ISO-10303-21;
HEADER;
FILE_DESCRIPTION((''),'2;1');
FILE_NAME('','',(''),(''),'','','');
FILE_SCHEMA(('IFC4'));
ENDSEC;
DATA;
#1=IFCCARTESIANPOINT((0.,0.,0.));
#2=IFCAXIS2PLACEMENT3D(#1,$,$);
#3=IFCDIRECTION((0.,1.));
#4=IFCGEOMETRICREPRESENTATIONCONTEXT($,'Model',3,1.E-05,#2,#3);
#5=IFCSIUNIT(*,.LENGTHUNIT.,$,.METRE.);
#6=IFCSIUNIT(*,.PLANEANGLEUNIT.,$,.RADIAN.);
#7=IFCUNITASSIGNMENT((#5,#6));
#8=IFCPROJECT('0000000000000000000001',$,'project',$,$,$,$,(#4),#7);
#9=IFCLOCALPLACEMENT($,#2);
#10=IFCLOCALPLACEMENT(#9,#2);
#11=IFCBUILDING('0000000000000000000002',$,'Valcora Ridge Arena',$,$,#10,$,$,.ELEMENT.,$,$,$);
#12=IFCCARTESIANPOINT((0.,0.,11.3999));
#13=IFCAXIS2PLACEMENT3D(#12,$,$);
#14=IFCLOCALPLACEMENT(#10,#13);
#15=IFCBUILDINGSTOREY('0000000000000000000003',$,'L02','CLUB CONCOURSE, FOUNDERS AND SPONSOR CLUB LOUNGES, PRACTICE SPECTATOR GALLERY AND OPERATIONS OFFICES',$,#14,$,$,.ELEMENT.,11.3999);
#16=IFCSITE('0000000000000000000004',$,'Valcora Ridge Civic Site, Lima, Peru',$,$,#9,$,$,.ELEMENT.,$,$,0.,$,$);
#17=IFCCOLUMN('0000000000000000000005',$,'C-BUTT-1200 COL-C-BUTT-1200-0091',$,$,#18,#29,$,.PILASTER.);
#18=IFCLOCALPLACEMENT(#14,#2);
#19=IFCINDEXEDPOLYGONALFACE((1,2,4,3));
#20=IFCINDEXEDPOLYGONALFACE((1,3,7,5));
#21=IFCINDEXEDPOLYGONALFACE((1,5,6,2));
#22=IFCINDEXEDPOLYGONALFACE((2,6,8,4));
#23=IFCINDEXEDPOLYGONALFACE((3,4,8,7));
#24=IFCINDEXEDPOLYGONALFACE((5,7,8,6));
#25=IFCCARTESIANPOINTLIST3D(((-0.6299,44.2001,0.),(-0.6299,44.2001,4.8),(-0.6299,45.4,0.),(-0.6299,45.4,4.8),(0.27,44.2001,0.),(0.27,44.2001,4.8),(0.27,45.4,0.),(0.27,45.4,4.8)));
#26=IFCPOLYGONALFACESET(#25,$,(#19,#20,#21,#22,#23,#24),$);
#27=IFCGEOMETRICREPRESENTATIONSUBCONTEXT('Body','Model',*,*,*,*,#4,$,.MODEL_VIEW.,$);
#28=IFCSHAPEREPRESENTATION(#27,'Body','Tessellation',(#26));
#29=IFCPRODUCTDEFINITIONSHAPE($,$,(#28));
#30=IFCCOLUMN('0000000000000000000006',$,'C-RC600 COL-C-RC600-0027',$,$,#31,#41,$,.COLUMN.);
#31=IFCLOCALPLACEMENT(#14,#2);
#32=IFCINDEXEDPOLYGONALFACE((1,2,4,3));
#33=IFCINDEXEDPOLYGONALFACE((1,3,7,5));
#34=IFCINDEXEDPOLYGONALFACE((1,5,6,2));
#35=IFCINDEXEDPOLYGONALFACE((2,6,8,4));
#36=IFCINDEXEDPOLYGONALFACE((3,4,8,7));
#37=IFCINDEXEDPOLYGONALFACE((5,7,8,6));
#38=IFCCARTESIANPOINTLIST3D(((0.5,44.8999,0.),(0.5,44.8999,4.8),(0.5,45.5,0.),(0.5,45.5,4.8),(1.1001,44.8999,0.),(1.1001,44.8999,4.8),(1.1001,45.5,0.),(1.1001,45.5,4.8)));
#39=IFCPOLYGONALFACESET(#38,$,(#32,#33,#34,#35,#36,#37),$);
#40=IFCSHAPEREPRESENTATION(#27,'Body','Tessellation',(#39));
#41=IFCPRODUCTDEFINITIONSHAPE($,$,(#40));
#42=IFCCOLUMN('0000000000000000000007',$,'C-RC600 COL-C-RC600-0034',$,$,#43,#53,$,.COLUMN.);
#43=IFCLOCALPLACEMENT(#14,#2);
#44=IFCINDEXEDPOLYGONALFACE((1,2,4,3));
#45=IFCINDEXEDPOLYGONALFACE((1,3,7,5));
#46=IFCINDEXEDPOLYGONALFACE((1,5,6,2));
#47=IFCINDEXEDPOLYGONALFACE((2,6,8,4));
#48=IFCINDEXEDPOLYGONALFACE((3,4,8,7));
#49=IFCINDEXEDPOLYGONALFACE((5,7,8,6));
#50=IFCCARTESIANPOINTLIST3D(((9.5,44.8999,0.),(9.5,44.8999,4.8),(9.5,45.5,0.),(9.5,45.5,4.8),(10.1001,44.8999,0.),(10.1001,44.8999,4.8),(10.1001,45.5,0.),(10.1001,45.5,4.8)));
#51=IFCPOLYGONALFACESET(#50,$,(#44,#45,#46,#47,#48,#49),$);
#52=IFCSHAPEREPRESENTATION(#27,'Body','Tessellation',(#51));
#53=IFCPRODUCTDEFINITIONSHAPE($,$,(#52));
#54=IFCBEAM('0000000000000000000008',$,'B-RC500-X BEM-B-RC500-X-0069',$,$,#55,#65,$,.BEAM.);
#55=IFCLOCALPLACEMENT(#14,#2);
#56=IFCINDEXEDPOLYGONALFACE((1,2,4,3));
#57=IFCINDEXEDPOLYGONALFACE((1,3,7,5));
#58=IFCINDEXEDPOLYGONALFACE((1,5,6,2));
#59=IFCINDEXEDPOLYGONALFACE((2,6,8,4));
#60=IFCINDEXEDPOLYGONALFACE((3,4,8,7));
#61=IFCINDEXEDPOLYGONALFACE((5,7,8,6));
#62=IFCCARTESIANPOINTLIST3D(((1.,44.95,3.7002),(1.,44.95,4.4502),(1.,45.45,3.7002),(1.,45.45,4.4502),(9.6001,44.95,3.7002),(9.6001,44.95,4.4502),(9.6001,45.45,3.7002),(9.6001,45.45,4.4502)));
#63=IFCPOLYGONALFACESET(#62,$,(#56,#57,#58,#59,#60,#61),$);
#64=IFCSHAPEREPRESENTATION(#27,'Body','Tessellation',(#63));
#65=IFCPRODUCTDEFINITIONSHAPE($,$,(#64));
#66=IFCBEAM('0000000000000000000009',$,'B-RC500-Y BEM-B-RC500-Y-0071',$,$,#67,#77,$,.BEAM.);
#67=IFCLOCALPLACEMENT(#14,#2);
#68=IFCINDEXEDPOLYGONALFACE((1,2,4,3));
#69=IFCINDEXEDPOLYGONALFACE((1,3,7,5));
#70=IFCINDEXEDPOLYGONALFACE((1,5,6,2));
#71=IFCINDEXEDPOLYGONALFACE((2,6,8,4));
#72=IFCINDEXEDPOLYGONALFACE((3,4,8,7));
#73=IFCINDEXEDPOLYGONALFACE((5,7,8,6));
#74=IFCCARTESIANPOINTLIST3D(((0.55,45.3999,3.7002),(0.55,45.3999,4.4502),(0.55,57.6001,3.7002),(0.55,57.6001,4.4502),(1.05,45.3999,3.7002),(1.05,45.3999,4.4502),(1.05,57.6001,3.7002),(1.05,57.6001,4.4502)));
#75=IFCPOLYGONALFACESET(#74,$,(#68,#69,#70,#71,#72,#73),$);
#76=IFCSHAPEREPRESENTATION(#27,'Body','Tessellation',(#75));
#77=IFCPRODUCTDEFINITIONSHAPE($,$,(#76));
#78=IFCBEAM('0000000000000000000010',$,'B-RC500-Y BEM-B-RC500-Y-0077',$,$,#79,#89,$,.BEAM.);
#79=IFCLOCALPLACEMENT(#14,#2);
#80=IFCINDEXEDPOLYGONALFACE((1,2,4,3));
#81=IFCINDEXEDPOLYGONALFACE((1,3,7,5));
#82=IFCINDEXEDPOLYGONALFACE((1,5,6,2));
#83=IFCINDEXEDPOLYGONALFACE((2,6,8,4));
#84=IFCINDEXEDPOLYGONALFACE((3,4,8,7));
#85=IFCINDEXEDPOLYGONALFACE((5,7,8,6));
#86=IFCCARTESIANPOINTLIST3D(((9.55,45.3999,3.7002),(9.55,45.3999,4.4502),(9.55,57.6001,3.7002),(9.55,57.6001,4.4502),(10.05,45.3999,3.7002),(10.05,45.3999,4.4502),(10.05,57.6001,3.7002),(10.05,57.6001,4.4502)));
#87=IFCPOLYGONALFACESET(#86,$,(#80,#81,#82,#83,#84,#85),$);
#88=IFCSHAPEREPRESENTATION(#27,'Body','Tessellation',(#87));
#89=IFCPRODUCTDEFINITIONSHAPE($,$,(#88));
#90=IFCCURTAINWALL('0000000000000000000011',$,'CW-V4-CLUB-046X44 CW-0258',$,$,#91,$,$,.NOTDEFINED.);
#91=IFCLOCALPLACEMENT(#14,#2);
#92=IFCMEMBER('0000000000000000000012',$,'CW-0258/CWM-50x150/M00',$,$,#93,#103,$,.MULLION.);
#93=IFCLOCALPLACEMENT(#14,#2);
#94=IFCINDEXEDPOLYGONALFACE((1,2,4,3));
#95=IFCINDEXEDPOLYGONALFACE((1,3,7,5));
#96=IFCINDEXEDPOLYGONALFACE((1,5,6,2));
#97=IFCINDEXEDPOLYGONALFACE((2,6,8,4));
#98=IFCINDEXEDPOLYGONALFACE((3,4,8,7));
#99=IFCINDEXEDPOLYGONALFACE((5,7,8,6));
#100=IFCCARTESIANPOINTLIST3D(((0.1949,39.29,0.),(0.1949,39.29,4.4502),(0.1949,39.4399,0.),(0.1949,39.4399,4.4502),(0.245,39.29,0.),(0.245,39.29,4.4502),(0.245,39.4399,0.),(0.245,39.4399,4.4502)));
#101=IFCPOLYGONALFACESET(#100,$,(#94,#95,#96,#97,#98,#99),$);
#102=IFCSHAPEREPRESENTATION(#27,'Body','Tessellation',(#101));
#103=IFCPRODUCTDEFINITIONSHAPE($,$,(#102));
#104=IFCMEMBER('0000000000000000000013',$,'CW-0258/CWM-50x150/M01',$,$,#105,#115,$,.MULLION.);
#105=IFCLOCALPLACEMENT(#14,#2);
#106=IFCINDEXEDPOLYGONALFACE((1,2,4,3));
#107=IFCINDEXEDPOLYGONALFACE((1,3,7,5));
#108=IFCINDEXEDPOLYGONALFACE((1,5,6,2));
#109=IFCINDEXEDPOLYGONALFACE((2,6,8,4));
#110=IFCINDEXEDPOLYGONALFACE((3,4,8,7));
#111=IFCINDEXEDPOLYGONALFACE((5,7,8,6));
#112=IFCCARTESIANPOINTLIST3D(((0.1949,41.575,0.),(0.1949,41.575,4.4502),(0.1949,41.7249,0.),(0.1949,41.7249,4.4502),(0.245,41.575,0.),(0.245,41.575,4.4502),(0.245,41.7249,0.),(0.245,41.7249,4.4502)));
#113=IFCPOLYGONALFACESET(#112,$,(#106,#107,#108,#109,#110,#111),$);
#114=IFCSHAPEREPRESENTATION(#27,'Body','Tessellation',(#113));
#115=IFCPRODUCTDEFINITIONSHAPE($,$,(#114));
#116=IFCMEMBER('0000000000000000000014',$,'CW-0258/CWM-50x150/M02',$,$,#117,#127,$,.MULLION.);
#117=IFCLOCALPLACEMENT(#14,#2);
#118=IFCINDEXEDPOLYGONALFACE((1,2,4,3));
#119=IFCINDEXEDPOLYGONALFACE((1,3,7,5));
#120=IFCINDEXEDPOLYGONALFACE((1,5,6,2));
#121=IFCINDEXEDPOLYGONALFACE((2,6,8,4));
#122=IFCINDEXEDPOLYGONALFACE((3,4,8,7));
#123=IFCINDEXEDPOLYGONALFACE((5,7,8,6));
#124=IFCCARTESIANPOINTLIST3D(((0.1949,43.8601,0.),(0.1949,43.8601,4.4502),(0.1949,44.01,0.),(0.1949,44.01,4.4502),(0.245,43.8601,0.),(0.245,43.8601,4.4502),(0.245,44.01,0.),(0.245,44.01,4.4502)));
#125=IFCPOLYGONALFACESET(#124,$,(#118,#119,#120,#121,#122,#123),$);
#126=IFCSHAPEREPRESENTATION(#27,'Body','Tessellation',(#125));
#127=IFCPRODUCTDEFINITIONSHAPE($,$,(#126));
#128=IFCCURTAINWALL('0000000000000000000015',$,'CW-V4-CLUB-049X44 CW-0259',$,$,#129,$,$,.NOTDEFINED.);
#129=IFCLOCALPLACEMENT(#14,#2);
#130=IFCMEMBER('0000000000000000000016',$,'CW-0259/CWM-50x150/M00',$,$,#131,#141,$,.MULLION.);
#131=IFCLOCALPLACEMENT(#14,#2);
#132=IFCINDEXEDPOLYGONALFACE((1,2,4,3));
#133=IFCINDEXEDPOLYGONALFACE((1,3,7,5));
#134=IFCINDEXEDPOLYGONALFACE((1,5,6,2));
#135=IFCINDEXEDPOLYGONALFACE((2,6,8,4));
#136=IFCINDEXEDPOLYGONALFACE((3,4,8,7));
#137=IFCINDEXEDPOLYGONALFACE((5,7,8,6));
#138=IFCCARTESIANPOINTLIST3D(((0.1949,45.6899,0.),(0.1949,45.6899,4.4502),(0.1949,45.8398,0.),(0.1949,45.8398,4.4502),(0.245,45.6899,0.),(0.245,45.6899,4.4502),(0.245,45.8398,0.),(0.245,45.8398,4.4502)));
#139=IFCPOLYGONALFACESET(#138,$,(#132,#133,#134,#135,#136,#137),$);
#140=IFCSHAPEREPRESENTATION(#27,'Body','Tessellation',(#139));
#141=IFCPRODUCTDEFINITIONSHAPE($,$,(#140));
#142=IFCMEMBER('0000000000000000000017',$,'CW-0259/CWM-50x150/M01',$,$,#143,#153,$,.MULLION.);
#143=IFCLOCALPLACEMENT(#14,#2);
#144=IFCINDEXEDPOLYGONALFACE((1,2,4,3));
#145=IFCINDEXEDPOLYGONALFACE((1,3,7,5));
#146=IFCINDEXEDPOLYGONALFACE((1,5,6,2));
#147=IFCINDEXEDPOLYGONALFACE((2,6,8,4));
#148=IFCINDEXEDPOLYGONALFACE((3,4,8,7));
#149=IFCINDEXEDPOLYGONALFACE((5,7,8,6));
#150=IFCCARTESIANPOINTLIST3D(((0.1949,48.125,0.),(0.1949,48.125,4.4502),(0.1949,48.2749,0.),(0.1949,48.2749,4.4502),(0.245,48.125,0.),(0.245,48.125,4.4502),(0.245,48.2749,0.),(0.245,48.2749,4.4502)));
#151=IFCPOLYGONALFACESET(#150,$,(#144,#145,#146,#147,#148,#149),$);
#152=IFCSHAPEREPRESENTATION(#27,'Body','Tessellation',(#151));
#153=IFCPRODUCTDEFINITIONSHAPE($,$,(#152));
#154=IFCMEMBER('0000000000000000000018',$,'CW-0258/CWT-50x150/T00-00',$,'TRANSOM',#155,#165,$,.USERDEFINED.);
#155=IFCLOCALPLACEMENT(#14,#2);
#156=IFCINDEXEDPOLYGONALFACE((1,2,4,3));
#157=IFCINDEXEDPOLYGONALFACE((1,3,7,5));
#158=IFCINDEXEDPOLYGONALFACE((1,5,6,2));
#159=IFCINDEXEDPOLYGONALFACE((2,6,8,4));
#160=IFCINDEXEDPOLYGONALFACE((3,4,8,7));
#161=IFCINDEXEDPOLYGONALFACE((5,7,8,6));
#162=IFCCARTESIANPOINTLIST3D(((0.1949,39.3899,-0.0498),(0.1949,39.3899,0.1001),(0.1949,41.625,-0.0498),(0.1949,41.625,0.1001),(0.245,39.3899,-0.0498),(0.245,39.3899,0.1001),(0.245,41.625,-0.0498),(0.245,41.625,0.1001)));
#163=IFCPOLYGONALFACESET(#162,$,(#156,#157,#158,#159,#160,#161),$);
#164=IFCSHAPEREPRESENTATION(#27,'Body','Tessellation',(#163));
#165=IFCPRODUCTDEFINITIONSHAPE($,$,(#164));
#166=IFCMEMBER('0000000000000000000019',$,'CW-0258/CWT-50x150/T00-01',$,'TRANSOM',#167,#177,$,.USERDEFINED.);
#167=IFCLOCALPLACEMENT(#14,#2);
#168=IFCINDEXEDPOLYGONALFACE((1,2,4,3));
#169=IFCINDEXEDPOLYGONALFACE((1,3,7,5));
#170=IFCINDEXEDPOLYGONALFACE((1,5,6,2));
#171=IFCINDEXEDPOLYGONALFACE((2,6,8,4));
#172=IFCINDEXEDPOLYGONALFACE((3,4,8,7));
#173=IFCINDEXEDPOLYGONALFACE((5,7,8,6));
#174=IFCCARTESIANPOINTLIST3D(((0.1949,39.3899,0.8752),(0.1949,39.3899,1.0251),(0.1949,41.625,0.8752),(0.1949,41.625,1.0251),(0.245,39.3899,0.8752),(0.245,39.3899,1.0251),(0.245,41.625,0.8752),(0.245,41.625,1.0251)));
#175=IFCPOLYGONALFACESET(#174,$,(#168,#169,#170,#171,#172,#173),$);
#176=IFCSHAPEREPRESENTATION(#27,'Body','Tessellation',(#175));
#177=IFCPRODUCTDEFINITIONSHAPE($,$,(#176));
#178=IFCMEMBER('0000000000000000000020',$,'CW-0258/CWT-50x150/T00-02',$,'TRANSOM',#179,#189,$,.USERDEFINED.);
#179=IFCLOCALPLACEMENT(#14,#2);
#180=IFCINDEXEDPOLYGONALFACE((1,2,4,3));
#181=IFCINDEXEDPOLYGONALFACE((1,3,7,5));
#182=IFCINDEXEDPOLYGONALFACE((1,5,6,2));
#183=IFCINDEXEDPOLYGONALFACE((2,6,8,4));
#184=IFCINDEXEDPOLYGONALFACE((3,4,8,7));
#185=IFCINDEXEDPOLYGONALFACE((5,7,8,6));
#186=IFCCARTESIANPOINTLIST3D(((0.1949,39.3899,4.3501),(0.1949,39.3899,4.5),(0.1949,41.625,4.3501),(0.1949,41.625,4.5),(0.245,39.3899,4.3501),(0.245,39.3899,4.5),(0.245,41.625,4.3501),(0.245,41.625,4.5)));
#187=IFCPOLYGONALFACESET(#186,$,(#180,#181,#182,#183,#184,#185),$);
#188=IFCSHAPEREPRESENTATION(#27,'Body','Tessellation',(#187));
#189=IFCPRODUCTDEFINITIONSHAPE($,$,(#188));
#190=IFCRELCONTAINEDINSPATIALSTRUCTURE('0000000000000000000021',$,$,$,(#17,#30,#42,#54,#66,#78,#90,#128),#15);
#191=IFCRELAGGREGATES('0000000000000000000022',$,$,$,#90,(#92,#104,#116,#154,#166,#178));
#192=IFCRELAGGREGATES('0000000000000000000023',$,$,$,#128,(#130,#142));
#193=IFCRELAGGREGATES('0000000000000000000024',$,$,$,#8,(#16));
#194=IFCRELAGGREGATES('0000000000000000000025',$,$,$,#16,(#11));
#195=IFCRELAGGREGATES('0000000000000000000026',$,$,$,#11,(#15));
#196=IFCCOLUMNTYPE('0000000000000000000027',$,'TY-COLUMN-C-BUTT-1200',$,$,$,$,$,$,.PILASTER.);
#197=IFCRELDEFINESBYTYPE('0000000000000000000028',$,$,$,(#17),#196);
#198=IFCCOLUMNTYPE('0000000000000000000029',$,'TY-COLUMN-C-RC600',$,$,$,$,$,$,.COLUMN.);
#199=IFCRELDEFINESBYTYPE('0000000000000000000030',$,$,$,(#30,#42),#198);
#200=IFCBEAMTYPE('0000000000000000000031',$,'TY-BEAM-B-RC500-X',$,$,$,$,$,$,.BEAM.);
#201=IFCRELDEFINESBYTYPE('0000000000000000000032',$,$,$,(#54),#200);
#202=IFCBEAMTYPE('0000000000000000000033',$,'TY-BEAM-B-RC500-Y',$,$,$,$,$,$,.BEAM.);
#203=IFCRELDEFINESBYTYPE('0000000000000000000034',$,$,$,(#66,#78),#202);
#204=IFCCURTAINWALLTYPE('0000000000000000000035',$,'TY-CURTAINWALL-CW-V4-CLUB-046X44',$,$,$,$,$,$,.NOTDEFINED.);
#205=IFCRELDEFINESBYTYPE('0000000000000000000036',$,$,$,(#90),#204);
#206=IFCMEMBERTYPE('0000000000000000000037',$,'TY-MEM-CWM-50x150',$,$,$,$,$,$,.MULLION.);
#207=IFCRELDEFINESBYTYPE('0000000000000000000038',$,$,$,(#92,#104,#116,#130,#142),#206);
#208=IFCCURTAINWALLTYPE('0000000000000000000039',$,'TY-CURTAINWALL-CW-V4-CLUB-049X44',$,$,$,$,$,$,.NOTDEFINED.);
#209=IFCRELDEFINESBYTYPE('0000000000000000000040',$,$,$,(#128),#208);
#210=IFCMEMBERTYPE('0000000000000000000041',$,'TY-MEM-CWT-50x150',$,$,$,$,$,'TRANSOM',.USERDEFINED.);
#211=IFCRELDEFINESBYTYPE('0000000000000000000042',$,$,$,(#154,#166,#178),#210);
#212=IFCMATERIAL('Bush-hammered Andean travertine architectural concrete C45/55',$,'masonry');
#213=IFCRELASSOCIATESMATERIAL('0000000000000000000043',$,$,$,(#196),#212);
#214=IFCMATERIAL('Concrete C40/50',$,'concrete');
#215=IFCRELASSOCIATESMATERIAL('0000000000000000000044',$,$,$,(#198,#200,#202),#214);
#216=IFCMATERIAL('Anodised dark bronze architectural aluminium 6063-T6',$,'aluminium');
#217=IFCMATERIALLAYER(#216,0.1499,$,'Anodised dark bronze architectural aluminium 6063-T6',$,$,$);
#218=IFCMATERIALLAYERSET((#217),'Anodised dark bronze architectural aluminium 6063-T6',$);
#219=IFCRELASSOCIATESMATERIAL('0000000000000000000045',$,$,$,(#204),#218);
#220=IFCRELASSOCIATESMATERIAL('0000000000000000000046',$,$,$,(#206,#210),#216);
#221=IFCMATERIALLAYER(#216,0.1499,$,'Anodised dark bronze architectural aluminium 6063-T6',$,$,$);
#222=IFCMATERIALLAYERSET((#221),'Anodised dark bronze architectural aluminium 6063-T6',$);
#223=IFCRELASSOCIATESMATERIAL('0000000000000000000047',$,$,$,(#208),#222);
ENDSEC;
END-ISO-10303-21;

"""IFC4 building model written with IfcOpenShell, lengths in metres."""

from ifc_helpers import new_model, si_unit, direction, frame, origin, origin_2d, place, context, subcontext, project, spatial, rectangle, extrude, material, layer, layer_set, material_profile, profile_set, type_object, element, aggregate, save


model = new_model("IFC4")

# Units and contexts
model_context = context("Model", 3, precision=1e-05, world=origin(), true_north=direction((0.0, 1.0)))
body_context = subcontext(model_context, "Body", "Model", "MODEL_VIEW")
ifc_project = project(units=[si_unit("LENGTHUNIT", "METRE"), si_unit("PLANEANGLEUNIT", "RADIAN")], contexts=[model_context])

# Site, building, storey
site_placement = place(None, origin())
site = spatial("IfcSite", under=ifc_project, at=site_placement, Name="Valcora Ridge Civic Site, Lima, Peru", CompositionType="ELEMENT", RefElevation=0.0)
building_placement = place(site_placement, origin())
building = spatial("IfcBuilding", under=site, at=building_placement, Name="Valcora Ridge Arena", CompositionType="ELEMENT")
storey_placement = place(building_placement, frame((0.0, 0.0, 11.3999)))
storey = spatial("IfcBuildingStorey", under=building, at=storey_placement, Name="L02", Description="CLUB CONCOURSE, FOUNDERS AND SPONSOR CLUB LOUNGES, PRACTICE SPECTATOR GALLERY AND OPERATIONS OFFICES", CompositionType="ELEMENT", Elevation=11.3999)

# Columns
ifc_material_1 = material(Name="Bush-hammered Andean travertine architectural concrete C45/55", Category="masonry")
ifc_material_profile_1 = material_profile(ifc_material_1, rectangle(XDim=0.8999, YDim=1.2, at=origin_2d()), Name="RC 900x1200")
ifc_profile_set_1 = profile_set([ifc_material_profile_1], Name="Bush-hammered Andean travertine architectural concrete C45/55")
column_type_1 = type_object("IfcColumnType", Name="TY-COLUMN-C-BUTT-1200", PredefinedType="PILASTER", material=ifc_profile_set_1)
column_placement = place(storey_placement, frame((-0.1799, 44.8, 0.0), z_axis=(0.0, 0.0, 1.0), x_axis=(1.0, 0.0, 0.0)))
element("IfcColumn", 1, at=column_placement, inside=storey, type_object=column_type_1, Name="C-BUTT-1200 COL-C-BUTT-1200-0091", PredefinedType="PILASTER", context=body_context, shape_type="SweptSolid", body=[
    extrude(rectangle(XDim=0.8999, YDim=1.2, at=origin_2d()), origin(), (0.0, 0.0, 1.0), 4.8),
])
ifc_material_2 = material(Name="Concrete C40/50", Category="concrete")
ifc_material_profile_2 = material_profile(ifc_material_2, rectangle(XDim=0.6001, YDim=0.6001, at=origin_2d()), Name="RC 600x600")
ifc_profile_set_2 = profile_set([ifc_material_profile_2], Name="Concrete C40/50")
column_type_2 = type_object("IfcColumnType", Name="TY-COLUMN-C-RC600", PredefinedType="COLUMN", material=ifc_profile_set_2)
for number, where, z_axis, x_axis, name in (
    (2, (0.8, 45.2, 0.0), (0.0, 0.0, 1.0), (1.0, 0.0, 0.0), "C-RC600 COL-C-RC600-0027"),
    (3, (9.8, 45.2, 0.0), (0.0, 0.0, 1.0), (1.0, 0.0, 0.0), "C-RC600 COL-C-RC600-0034"),
):
    element("IfcColumn", number, at=place(storey_placement, frame(where, z_axis=z_axis, x_axis=x_axis)), inside=storey, type_object=column_type_2, Name=name, PredefinedType="COLUMN", context=body_context, shape_type="SweptSolid", body=[
        extrude(rectangle(XDim=0.6001, YDim=0.6001, at=origin_2d()), origin(), (0.0, 0.0, 1.0), 4.8),
    ])

# Beams
ifc_material_profile_3 = material_profile(ifc_material_2, rectangle(XDim=0.5, YDim=0.75, at=origin_2d()), Name="RC 500x750")
ifc_profile_set_3 = profile_set([ifc_material_profile_3], Name="Concrete C40/50")
beam_type_1 = type_object("IfcBeamType", Name="TY-BEAM-B-RC500-X", PredefinedType="BEAM", material=ifc_profile_set_3)
beam_placement = place(storey_placement, frame((1.0, 45.2, 4.0752), z_axis=(1.0, 0.0, 0.0), x_axis=(0.0, 1.0, 0.0)))
element("IfcBeam", 4, at=beam_placement, inside=storey, type_object=beam_type_1, Name="B-RC500-X BEM-B-RC500-X-0069", PredefinedType="BEAM", context=body_context, shape_type="SweptSolid", body=[
    extrude(rectangle(XDim=0.5, YDim=0.75, at=origin_2d()), origin(), (0.0, 0.0, 1.0), 8.6001),
])
ifc_material_profile_4 = material_profile(ifc_material_2, rectangle(XDim=0.5, YDim=0.75, at=origin_2d()), Name="RC 500x750")
ifc_profile_set_4 = profile_set([ifc_material_profile_4], Name="Concrete C40/50")
beam_type_2 = type_object("IfcBeamType", Name="TY-BEAM-B-RC500-Y", PredefinedType="BEAM", material=ifc_profile_set_4)
for number, where, z_axis, x_axis, name in (
    (5, (0.8, 45.3999, 4.0752), (0.0, 1.0, 0.0), (-1.0, 0.0, 0.0), "B-RC500-Y BEM-B-RC500-Y-0071"),
    (6, (9.8, 45.3999, 4.0752), (0.0, 1.0, 0.0), (-1.0, 0.0, 0.0), "B-RC500-Y BEM-B-RC500-Y-0077"),
):
    element("IfcBeam", number, at=place(storey_placement, frame(where, z_axis=z_axis, x_axis=x_axis)), inside=storey, type_object=beam_type_2, Name=name, PredefinedType="BEAM", context=body_context, shape_type="SweptSolid", body=[
        extrude(rectangle(XDim=0.5, YDim=0.75, at=origin_2d()), origin(), (0.0, 0.0, 1.0), 12.2002),
    ])

# Curtain walls, members
ifc_material_3 = material(Name="Anodised dark bronze architectural aluminium 6063-T6", Category="aluminium")
ifc_layer_1 = layer(ifc_material_3, 0.1499, Name="Anodised dark bronze architectural aluminium 6063-T6")
ifc_layer_set_1 = layer_set([ifc_layer_1], Name="Anodised dark bronze architectural aluminium 6063-T6")
curtain_wall_type_1 = type_object("IfcCurtainWallType", Name="TY-CURTAINWALL-CW-V4-CLUB-046X44", PredefinedType="NOTDEFINED", material=ifc_layer_set_1)
curtain_wall_1_placement = place(storey_placement, origin())
curtain_wall_1 = element("IfcCurtainWall", 7, at=curtain_wall_1_placement, inside=storey, type_object=curtain_wall_type_1, Name="CW-V4-CLUB-046X44 CW-0258", PredefinedType="NOTDEFINED")
ifc_material_profile_5 = material_profile(ifc_material_3, rectangle(XDim=0.05, YDim=0.1499, at=origin_2d()), Name="ALU MULLION 50x150")
ifc_profile_set_5 = profile_set([ifc_material_profile_5], Name="Anodised dark bronze architectural aluminium 6063-T6")
member_type_1 = type_object("IfcMemberType", Name="TY-MEM-CWM-50x150", PredefinedType="MULLION", material=ifc_profile_set_5)
member_1_placement = place(storey_placement, frame((0.22, 39.365, 0.0), z_axis=(0.0, 0.0, 1.0), x_axis=(-1.0, 0.0, 0.0)))
member_1 = element("IfcMember", 8, at=member_1_placement, type_object=member_type_1, Name="CW-0258/CWM-50x150/M00", PredefinedType="MULLION", context=body_context, shape_type="SweptSolid", body=[
    extrude(rectangle(XDim=0.05, YDim=0.1499, at=origin_2d()), origin(), (0.0, 0.0, 1.0), 4.4502),
])
member_2_placement = place(storey_placement, frame((0.22, 41.6499, 0.0), z_axis=(0.0, 0.0, 1.0), x_axis=(-1.0, 0.0, 0.0)))
member_2 = element("IfcMember", 9, at=member_2_placement, type_object=member_type_1, Name="CW-0258/CWM-50x150/M01", PredefinedType="MULLION", context=body_context, shape_type="SweptSolid", body=[
    extrude(rectangle(XDim=0.05, YDim=0.1499, at=origin_2d()), origin(), (0.0, 0.0, 1.0), 4.4502),
])
member_3_placement = place(storey_placement, frame((0.22, 43.9351, 0.0), z_axis=(0.0, 0.0, 1.0), x_axis=(-1.0, 0.0, 0.0)))
member_3 = element("IfcMember", 10, at=member_3_placement, type_object=member_type_1, Name="CW-0258/CWM-50x150/M02", PredefinedType="MULLION", context=body_context, shape_type="SweptSolid", body=[
    extrude(rectangle(XDim=0.05, YDim=0.1499, at=origin_2d()), origin(), (0.0, 0.0, 1.0), 4.4502),
])
ifc_layer_2 = layer(ifc_material_3, 0.1499, Name="Anodised dark bronze architectural aluminium 6063-T6")
ifc_layer_set_2 = layer_set([ifc_layer_2], Name="Anodised dark bronze architectural aluminium 6063-T6")
curtain_wall_type_2 = type_object("IfcCurtainWallType", Name="TY-CURTAINWALL-CW-V4-CLUB-049X44", PredefinedType="NOTDEFINED", material=ifc_layer_set_2)
curtain_wall_2_placement = place(storey_placement, origin())
curtain_wall_2 = element("IfcCurtainWall", 11, at=curtain_wall_2_placement, inside=storey, type_object=curtain_wall_type_2, Name="CW-V4-CLUB-049X44 CW-0259", PredefinedType="NOTDEFINED")
member_4_placement = place(storey_placement, frame((0.22, 45.7649, 0.0), z_axis=(0.0, 0.0, 1.0), x_axis=(-1.0, 0.0, 0.0)))
member_4 = element("IfcMember", 12, at=member_4_placement, type_object=member_type_1, Name="CW-0259/CWM-50x150/M00", PredefinedType="MULLION", context=body_context, shape_type="SweptSolid", body=[
    extrude(rectangle(XDim=0.05, YDim=0.1499, at=origin_2d()), origin(), (0.0, 0.0, 1.0), 4.4502),
])
member_5_placement = place(storey_placement, frame((0.22, 48.2, 0.0), z_axis=(0.0, 0.0, 1.0), x_axis=(-1.0, 0.0, 0.0)))
member_5 = element("IfcMember", 13, at=member_5_placement, type_object=member_type_1, Name="CW-0259/CWM-50x150/M01", PredefinedType="MULLION", context=body_context, shape_type="SweptSolid", body=[
    extrude(rectangle(XDim=0.05, YDim=0.1499, at=origin_2d()), origin(), (0.0, 0.0, 1.0), 4.4502),
])

# Members
ifc_material_profile_6 = material_profile(ifc_material_3, rectangle(XDim=0.05, YDim=0.1499, at=origin_2d()), Name="ALU TRANSOM 50x150")
ifc_profile_set_6 = profile_set([ifc_material_profile_6], Name="Anodised dark bronze architectural aluminium 6063-T6")
member_type_2 = type_object("IfcMemberType", Name="TY-MEM-CWT-50x150", ElementType="TRANSOM", PredefinedType="USERDEFINED", material=ifc_profile_set_6)
member_6_placement = place(storey_placement, frame((0.22, 39.3899, 0.0251), z_axis=(0.0, 1.0, 0.0), x_axis=(-1.0, 0.0, 0.0)))
member_6 = element("IfcMember", 14, at=member_6_placement, type_object=member_type_2, Name="CW-0258/CWT-50x150/T00-00", ObjectType="TRANSOM", PredefinedType="USERDEFINED", context=body_context, shape_type="SweptSolid", body=[
    extrude(rectangle(XDim=0.05, YDim=0.1499, at=origin_2d()), origin(), (0.0, 0.0, 1.0), 2.2351),
])
member_7_placement = place(storey_placement, frame((0.22, 39.3899, 0.9502), z_axis=(0.0, 1.0, 0.0), x_axis=(-1.0, 0.0, 0.0)))
member_7 = element("IfcMember", 15, at=member_7_placement, type_object=member_type_2, Name="CW-0258/CWT-50x150/T00-01", ObjectType="TRANSOM", PredefinedType="USERDEFINED", context=body_context, shape_type="SweptSolid", body=[
    extrude(rectangle(XDim=0.05, YDim=0.1499, at=origin_2d()), origin(), (0.0, 0.0, 1.0), 2.2351),
])
member_8_placement = place(storey_placement, frame((0.22, 39.3899, 4.425), z_axis=(0.0, 1.0, 0.0), x_axis=(-1.0, 0.0, 0.0)))
member_8 = element("IfcMember", 16, at=member_8_placement, type_object=member_type_2, Name="CW-0258/CWT-50x150/T00-02", ObjectType="TRANSOM", PredefinedType="USERDEFINED", context=body_context, shape_type="SweptSolid", body=[
    extrude(rectangle(XDim=0.05, YDim=0.1499, at=origin_2d()), origin(), (0.0, 0.0, 1.0), 2.2351),
])

aggregate(curtain_wall_1, [member_1, member_2, member_3, member_6, member_7, member_8])
aggregate(curtain_wall_2, [member_4, member_5])

save(model, "model.ifc")
